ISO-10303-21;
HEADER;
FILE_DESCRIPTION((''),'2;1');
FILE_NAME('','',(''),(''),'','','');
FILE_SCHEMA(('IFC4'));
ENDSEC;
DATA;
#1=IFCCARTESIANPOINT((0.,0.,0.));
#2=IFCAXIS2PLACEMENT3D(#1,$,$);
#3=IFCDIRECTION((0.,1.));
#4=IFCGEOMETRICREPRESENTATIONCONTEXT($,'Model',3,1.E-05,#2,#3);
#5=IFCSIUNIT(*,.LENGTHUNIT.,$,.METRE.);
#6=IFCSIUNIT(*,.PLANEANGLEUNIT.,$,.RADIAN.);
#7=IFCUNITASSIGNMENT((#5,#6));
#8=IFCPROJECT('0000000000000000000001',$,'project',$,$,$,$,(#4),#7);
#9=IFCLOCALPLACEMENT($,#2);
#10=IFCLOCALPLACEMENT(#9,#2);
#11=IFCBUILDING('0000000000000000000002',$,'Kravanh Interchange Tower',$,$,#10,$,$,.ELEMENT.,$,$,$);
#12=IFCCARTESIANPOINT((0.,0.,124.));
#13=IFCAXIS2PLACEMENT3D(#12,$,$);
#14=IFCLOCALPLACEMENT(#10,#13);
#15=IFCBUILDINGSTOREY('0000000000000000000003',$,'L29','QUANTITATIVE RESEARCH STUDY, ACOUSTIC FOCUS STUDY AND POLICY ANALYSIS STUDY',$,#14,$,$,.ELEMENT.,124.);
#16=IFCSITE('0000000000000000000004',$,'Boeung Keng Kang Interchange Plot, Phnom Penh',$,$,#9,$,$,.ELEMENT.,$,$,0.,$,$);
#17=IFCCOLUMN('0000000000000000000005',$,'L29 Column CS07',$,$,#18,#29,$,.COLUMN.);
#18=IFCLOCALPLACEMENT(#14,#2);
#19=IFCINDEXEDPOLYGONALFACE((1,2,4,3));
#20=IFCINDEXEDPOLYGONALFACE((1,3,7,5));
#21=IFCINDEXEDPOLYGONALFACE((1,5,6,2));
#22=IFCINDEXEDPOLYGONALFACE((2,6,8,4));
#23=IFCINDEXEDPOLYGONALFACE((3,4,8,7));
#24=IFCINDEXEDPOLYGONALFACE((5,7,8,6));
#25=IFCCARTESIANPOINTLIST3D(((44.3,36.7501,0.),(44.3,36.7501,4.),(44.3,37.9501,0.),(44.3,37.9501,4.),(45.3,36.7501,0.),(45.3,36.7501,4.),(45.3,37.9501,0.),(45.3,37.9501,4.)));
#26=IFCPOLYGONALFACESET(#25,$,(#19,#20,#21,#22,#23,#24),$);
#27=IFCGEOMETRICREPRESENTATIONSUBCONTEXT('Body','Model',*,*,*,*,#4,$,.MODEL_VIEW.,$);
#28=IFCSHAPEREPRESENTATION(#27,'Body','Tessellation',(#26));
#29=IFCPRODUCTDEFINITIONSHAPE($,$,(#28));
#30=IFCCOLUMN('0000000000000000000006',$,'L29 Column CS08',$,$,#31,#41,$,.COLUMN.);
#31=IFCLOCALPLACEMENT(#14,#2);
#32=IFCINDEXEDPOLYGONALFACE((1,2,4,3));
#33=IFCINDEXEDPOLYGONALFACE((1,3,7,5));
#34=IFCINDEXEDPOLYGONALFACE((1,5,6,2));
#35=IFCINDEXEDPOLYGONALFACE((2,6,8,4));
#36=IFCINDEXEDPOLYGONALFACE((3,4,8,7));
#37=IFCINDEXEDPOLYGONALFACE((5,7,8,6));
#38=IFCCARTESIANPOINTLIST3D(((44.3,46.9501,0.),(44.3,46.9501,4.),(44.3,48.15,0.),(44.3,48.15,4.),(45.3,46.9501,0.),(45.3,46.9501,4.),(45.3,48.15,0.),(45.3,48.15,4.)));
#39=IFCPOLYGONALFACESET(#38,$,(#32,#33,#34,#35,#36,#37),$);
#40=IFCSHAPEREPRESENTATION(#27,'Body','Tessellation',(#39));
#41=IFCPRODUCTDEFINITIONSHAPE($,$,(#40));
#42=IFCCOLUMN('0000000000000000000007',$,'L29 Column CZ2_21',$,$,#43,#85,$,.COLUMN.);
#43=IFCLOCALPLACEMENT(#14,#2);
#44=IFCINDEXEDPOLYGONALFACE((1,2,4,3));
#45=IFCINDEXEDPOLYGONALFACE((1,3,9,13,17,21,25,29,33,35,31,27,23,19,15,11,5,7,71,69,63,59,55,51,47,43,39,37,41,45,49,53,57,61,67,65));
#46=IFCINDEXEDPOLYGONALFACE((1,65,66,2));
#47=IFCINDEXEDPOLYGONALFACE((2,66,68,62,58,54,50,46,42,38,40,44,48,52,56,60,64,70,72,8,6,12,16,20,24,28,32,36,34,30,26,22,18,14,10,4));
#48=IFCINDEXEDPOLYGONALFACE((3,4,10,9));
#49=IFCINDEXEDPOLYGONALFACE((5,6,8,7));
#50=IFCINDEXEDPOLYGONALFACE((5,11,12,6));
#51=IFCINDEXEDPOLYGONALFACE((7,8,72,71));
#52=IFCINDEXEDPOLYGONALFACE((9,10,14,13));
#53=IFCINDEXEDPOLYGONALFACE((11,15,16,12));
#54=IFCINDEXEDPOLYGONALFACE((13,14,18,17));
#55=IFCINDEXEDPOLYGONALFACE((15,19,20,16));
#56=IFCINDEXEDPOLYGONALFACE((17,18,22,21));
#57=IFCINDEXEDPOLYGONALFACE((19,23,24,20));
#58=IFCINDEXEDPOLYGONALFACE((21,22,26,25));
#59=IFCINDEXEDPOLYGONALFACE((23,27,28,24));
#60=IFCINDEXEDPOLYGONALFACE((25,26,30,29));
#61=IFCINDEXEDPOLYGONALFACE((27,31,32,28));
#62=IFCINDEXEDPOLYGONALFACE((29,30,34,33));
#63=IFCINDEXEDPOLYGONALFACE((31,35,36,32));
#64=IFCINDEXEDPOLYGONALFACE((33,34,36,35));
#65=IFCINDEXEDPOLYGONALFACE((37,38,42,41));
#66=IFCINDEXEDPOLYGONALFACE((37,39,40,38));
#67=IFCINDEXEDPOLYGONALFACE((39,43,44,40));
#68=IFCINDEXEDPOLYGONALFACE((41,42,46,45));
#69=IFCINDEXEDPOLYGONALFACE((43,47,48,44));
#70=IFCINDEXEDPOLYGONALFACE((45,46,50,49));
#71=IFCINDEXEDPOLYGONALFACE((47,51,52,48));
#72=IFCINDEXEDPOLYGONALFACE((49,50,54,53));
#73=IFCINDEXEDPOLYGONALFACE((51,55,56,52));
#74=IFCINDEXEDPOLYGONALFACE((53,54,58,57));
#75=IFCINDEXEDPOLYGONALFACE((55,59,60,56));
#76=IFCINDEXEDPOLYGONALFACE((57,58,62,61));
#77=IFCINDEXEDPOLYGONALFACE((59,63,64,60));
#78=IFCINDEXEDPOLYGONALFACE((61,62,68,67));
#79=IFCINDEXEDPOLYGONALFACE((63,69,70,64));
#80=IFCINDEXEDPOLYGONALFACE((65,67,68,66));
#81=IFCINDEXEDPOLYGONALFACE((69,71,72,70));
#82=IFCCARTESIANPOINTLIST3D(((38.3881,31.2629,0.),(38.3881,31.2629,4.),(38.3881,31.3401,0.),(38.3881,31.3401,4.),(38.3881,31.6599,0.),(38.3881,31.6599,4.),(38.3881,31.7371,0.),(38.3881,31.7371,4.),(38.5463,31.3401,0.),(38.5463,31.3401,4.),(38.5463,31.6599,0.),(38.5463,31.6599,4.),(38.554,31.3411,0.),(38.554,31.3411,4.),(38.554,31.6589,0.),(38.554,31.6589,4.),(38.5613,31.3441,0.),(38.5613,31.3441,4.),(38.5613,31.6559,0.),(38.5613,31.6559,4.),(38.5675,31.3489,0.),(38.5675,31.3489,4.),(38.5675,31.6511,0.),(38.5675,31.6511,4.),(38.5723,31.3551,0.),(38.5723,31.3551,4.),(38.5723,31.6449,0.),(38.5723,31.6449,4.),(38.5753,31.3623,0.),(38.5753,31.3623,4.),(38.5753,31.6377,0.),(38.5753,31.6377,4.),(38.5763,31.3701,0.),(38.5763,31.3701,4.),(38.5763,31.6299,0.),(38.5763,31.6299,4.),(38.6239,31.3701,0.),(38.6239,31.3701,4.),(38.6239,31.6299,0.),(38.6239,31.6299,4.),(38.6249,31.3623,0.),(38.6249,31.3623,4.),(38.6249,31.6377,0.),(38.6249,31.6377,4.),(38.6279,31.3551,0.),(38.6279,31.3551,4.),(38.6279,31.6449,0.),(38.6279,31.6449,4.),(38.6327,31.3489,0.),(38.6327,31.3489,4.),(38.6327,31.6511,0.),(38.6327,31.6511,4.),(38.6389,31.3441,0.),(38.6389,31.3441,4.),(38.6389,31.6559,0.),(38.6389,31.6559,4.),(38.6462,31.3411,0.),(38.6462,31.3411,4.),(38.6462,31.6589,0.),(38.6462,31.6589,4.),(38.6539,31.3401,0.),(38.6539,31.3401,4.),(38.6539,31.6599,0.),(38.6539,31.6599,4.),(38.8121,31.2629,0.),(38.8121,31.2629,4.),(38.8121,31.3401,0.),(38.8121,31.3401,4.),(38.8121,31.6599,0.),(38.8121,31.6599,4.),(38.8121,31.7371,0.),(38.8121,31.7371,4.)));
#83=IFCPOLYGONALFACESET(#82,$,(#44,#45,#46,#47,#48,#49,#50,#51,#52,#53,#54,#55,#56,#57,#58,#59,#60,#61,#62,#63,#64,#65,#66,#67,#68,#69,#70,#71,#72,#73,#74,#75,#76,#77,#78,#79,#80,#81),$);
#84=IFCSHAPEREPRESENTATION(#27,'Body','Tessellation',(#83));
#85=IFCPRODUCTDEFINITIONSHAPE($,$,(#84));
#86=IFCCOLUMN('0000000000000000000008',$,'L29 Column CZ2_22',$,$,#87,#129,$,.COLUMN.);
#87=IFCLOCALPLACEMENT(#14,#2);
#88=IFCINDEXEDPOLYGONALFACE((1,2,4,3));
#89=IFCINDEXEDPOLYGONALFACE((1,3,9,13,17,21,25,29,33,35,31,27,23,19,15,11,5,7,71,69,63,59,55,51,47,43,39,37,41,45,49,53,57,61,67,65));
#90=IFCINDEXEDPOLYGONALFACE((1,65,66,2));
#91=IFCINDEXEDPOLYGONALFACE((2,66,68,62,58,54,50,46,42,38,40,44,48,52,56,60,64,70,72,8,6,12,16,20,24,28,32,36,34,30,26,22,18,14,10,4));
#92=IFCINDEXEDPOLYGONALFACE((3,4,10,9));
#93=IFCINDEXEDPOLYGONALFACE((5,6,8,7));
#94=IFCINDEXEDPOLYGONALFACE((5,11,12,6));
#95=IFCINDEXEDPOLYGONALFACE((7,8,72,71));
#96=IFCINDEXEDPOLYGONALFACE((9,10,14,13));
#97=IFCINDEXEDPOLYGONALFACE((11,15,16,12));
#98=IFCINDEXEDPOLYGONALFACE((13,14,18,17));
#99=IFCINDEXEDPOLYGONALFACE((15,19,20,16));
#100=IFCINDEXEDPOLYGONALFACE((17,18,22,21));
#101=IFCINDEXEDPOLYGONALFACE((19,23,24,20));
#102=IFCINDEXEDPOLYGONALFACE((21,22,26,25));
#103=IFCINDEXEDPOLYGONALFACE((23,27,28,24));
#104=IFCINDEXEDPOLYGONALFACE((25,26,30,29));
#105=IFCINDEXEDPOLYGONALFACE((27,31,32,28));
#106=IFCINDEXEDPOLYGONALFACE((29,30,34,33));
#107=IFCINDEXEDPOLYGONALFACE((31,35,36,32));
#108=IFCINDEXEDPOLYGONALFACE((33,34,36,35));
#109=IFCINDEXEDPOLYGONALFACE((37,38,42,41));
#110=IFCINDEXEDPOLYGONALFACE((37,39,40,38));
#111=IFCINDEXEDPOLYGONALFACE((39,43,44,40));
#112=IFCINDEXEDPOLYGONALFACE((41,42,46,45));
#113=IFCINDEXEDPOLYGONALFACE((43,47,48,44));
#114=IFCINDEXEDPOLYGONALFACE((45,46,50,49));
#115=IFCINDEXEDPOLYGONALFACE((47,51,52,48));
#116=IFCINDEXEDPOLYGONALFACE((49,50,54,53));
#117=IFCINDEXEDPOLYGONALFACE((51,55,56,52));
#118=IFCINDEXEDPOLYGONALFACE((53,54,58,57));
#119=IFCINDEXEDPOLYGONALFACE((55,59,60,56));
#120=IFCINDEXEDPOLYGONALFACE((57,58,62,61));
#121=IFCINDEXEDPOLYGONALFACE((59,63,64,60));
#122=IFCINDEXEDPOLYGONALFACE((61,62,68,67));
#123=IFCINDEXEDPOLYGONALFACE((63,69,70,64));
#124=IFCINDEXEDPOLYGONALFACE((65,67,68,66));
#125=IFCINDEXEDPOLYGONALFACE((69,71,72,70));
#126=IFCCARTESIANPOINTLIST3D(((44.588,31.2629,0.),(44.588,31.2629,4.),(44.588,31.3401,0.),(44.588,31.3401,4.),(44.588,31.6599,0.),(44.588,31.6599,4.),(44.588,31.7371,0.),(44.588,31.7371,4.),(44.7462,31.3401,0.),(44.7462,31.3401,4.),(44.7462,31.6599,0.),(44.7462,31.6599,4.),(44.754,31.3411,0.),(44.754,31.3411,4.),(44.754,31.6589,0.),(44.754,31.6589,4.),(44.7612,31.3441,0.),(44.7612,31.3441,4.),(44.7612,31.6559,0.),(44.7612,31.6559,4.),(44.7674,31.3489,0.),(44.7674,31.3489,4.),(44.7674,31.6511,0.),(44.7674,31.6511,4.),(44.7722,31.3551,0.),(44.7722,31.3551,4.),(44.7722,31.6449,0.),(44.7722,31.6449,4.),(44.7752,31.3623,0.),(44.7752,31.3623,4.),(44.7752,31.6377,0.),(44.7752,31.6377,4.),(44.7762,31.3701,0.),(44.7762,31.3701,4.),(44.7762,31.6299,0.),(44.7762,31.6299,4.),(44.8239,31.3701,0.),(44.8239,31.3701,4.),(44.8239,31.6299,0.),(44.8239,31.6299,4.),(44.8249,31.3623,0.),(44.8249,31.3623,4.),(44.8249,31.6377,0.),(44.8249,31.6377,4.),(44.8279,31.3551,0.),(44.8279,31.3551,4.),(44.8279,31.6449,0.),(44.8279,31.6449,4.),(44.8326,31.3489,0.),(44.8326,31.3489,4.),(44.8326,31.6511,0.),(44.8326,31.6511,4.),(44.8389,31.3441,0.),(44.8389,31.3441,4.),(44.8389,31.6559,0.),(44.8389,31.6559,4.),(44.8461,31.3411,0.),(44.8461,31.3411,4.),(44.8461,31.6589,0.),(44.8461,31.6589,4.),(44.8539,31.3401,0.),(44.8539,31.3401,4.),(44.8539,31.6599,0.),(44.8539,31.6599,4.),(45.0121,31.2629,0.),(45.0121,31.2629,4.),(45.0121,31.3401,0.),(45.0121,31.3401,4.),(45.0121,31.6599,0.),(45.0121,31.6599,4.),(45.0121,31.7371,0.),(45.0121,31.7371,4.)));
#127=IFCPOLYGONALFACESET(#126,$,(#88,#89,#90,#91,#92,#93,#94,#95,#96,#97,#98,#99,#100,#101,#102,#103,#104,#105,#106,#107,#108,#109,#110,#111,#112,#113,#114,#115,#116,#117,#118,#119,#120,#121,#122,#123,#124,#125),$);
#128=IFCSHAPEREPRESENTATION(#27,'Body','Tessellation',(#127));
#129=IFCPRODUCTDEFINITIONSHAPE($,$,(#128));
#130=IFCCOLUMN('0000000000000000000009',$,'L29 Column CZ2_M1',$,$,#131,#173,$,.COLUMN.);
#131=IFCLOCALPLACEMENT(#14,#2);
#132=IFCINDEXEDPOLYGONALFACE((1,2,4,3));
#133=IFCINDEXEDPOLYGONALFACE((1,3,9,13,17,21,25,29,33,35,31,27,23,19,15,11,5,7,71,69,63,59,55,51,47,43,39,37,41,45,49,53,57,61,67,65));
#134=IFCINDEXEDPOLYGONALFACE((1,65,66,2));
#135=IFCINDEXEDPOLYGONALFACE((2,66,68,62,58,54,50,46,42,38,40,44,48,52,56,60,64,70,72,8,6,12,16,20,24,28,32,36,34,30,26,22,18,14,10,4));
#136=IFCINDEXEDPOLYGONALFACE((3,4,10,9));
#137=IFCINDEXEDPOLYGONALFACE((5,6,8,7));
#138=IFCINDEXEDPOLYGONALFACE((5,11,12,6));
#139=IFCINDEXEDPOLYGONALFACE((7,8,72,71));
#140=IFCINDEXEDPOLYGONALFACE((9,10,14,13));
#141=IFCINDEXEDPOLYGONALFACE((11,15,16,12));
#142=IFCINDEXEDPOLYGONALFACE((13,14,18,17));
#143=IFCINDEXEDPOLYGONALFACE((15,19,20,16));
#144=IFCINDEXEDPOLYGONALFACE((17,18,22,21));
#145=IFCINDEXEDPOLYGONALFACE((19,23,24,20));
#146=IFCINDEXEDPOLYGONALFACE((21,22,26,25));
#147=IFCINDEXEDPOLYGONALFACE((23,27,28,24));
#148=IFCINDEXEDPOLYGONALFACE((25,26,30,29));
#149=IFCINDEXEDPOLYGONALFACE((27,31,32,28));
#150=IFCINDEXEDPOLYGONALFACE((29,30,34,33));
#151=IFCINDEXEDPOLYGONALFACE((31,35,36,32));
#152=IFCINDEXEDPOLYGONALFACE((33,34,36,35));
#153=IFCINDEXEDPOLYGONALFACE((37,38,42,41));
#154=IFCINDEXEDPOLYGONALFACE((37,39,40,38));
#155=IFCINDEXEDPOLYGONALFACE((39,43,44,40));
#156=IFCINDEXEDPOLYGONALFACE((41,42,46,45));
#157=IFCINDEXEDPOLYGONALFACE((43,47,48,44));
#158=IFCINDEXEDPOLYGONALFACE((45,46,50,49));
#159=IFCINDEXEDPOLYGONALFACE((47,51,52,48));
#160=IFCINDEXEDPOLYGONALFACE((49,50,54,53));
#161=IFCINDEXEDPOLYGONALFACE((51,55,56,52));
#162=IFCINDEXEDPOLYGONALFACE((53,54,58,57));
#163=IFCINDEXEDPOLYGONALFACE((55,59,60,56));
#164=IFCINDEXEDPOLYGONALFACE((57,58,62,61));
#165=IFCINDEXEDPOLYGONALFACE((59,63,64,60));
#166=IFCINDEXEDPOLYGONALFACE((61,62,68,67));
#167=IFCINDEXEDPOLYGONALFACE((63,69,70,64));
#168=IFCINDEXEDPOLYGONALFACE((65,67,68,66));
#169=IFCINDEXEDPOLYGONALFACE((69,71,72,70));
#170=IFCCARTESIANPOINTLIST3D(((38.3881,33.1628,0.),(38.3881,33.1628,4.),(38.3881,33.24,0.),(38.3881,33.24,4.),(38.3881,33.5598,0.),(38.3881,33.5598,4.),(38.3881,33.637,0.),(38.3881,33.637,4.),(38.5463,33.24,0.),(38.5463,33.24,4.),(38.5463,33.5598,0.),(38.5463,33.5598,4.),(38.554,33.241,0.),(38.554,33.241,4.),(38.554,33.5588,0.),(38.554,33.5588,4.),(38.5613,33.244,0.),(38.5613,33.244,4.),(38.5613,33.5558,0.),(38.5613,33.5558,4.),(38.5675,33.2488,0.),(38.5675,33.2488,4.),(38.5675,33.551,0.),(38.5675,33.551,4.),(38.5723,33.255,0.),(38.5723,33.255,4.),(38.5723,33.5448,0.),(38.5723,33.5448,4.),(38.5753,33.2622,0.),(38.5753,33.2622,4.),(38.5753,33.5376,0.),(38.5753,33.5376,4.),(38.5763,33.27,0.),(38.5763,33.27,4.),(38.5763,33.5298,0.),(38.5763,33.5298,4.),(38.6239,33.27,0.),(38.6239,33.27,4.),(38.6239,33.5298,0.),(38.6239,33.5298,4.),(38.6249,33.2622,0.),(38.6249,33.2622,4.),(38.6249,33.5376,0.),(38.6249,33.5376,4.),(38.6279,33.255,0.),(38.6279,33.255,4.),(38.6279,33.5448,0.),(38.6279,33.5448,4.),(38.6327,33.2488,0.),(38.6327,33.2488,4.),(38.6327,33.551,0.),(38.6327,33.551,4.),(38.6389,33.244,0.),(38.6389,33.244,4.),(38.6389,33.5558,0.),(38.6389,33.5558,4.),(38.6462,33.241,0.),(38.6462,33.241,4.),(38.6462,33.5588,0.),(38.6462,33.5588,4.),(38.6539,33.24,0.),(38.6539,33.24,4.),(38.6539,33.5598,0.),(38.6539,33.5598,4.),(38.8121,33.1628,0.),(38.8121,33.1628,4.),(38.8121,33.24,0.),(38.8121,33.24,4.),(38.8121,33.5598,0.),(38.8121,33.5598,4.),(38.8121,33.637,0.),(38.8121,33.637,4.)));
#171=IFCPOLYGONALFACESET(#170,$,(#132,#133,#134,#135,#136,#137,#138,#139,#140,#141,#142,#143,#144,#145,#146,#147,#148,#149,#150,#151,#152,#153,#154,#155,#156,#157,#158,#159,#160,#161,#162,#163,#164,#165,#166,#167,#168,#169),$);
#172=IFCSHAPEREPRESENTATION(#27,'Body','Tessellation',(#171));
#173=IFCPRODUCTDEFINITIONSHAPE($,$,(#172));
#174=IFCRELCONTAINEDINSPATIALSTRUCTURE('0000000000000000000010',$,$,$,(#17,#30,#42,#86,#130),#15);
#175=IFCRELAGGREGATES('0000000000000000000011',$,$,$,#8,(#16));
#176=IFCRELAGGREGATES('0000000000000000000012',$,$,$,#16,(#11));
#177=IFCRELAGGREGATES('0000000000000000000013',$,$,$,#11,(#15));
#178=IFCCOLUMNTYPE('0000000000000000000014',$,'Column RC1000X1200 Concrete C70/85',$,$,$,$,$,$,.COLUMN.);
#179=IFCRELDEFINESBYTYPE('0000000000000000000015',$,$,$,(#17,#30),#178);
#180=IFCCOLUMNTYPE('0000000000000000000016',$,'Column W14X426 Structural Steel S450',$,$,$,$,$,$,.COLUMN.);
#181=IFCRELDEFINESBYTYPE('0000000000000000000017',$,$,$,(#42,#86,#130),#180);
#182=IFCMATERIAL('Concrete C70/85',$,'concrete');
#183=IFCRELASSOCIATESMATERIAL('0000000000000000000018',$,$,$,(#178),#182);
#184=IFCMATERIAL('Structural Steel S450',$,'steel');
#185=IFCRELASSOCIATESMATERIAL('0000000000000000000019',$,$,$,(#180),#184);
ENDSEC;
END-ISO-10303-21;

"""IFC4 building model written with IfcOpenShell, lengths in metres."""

from ifc_helpers import new_model, si_unit, direction, frame, origin, origin_2d, place, context, subcontext, project, spatial, rectangle, i_section, extrude, material, material_profile, profile_set, type_object, element, save


model = new_model("IFC4")

# Units and contexts
model_context = context("Model", 3, precision=1e-05, world=origin(), true_north=direction((0.0, 1.0)))
body_context = subcontext(model_context, "Body", "Model", "MODEL_VIEW")
ifc_project = project(units=[si_unit("LENGTHUNIT", "METRE"), si_unit("PLANEANGLEUNIT", "RADIAN")], contexts=[model_context])

# Site, building, storey
site_placement = place(None, origin())
site = spatial("IfcSite", under=ifc_project, at=site_placement, Name="Boeung Keng Kang Interchange Plot, Phnom Penh", CompositionType="ELEMENT", RefElevation=0.0)
building_placement = place(site_placement, origin())
building = spatial("IfcBuilding", under=site, at=building_placement, Name="Kravanh Interchange Tower", CompositionType="ELEMENT")
storey_placement = place(building_placement, frame((0.0, 0.0, 124.0)))
storey = spatial("IfcBuildingStorey", under=building, at=storey_placement, Name="L29", Description="QUANTITATIVE RESEARCH STUDY, ACOUSTIC FOCUS STUDY AND POLICY ANALYSIS STUDY", CompositionType="ELEMENT", Elevation=124.0)

# Columns
ifc_material_1 = material(Name="Concrete C70/85", Category="concrete")
ifc_material_profile_1 = material_profile(ifc_material_1, rectangle(XDim=1.0, YDim=1.2, at=origin_2d()), Name="RC1000X1200")
ifc_profile_set_1 = profile_set([ifc_material_profile_1], Name="Concrete C70/85")
column_type_1 = type_object("IfcColumnType", Name="Column RC1000X1200 Concrete C70/85", PredefinedType="COLUMN", material=ifc_profile_set_1)
for number, where, z_axis, x_axis, name in (
    (1, (44.8, 37.3501, 0.0), (0.0, 0.0, 1.0), (1.0, 0.0, 0.0), "L29 Column CS07"),
    (2, (44.8, 47.55, 0.0), (0.0, 0.0, 1.0), (1.0, 0.0, 0.0), "L29 Column CS08"),
):
    element("IfcColumn", number, at=place(storey_placement, frame(where, z_axis=z_axis, x_axis=x_axis)), inside=storey, type_object=column_type_1, Name=name, PredefinedType="COLUMN", context=body_context, shape_type="SweptSolid", body=[
        extrude(rectangle(XDim=1.0, YDim=1.2, at=origin_2d()), origin(), (0.0, 0.0, 1.0), 4.0),
    ])
ifc_material_2 = material(Name="Structural Steel S450", Category="steel")
ifc_material_profile_2 = material_profile(ifc_material_2, i_section(OverallWidth=0.4241, OverallDepth=0.4741, WebThickness=0.0476, FlangeThickness=0.0771, FilletRadius=0.03, at=origin_2d()), Name="W14X426")
ifc_profile_set_2 = profile_set([ifc_material_profile_2], Name="Structural Steel S450")
column_type_2 = type_object("IfcColumnType", Name="Column W14X426 Structural Steel S450", PredefinedType="COLUMN", material=ifc_profile_set_2)
for number, where, z_axis, x_axis, name in (
    (3, (38.6001, 31.5, 0.0), (0.0, 0.0, 1.0), (1.0, 0.0, 0.0), "L29 Column CZ2_21"),
    (4, (44.8, 31.5, 0.0), (0.0, 0.0, 1.0), (1.0, 0.0, 0.0), "L29 Column CZ2_22"),
    (5, (38.6001, 33.3999, 0.0), (0.0, 0.0, 1.0), (1.0, 0.0, 0.0), "L29 Column CZ2_M1"),
):
    element("IfcColumn", number, at=place(storey_placement, frame(where, z_axis=z_axis, x_axis=x_axis)), inside=storey, type_object=column_type_2, Name=name, PredefinedType="COLUMN", context=body_context, shape_type="SweptSolid", body=[
        extrude(i_section(OverallWidth=0.4241, OverallDepth=0.4741, WebThickness=0.0476, FlangeThickness=0.0771, FilletRadius=0.03, at=origin_2d()), origin(), (0.0, 0.0, 1.0), 4.0),
    ])

save(model, "model.ifc")
